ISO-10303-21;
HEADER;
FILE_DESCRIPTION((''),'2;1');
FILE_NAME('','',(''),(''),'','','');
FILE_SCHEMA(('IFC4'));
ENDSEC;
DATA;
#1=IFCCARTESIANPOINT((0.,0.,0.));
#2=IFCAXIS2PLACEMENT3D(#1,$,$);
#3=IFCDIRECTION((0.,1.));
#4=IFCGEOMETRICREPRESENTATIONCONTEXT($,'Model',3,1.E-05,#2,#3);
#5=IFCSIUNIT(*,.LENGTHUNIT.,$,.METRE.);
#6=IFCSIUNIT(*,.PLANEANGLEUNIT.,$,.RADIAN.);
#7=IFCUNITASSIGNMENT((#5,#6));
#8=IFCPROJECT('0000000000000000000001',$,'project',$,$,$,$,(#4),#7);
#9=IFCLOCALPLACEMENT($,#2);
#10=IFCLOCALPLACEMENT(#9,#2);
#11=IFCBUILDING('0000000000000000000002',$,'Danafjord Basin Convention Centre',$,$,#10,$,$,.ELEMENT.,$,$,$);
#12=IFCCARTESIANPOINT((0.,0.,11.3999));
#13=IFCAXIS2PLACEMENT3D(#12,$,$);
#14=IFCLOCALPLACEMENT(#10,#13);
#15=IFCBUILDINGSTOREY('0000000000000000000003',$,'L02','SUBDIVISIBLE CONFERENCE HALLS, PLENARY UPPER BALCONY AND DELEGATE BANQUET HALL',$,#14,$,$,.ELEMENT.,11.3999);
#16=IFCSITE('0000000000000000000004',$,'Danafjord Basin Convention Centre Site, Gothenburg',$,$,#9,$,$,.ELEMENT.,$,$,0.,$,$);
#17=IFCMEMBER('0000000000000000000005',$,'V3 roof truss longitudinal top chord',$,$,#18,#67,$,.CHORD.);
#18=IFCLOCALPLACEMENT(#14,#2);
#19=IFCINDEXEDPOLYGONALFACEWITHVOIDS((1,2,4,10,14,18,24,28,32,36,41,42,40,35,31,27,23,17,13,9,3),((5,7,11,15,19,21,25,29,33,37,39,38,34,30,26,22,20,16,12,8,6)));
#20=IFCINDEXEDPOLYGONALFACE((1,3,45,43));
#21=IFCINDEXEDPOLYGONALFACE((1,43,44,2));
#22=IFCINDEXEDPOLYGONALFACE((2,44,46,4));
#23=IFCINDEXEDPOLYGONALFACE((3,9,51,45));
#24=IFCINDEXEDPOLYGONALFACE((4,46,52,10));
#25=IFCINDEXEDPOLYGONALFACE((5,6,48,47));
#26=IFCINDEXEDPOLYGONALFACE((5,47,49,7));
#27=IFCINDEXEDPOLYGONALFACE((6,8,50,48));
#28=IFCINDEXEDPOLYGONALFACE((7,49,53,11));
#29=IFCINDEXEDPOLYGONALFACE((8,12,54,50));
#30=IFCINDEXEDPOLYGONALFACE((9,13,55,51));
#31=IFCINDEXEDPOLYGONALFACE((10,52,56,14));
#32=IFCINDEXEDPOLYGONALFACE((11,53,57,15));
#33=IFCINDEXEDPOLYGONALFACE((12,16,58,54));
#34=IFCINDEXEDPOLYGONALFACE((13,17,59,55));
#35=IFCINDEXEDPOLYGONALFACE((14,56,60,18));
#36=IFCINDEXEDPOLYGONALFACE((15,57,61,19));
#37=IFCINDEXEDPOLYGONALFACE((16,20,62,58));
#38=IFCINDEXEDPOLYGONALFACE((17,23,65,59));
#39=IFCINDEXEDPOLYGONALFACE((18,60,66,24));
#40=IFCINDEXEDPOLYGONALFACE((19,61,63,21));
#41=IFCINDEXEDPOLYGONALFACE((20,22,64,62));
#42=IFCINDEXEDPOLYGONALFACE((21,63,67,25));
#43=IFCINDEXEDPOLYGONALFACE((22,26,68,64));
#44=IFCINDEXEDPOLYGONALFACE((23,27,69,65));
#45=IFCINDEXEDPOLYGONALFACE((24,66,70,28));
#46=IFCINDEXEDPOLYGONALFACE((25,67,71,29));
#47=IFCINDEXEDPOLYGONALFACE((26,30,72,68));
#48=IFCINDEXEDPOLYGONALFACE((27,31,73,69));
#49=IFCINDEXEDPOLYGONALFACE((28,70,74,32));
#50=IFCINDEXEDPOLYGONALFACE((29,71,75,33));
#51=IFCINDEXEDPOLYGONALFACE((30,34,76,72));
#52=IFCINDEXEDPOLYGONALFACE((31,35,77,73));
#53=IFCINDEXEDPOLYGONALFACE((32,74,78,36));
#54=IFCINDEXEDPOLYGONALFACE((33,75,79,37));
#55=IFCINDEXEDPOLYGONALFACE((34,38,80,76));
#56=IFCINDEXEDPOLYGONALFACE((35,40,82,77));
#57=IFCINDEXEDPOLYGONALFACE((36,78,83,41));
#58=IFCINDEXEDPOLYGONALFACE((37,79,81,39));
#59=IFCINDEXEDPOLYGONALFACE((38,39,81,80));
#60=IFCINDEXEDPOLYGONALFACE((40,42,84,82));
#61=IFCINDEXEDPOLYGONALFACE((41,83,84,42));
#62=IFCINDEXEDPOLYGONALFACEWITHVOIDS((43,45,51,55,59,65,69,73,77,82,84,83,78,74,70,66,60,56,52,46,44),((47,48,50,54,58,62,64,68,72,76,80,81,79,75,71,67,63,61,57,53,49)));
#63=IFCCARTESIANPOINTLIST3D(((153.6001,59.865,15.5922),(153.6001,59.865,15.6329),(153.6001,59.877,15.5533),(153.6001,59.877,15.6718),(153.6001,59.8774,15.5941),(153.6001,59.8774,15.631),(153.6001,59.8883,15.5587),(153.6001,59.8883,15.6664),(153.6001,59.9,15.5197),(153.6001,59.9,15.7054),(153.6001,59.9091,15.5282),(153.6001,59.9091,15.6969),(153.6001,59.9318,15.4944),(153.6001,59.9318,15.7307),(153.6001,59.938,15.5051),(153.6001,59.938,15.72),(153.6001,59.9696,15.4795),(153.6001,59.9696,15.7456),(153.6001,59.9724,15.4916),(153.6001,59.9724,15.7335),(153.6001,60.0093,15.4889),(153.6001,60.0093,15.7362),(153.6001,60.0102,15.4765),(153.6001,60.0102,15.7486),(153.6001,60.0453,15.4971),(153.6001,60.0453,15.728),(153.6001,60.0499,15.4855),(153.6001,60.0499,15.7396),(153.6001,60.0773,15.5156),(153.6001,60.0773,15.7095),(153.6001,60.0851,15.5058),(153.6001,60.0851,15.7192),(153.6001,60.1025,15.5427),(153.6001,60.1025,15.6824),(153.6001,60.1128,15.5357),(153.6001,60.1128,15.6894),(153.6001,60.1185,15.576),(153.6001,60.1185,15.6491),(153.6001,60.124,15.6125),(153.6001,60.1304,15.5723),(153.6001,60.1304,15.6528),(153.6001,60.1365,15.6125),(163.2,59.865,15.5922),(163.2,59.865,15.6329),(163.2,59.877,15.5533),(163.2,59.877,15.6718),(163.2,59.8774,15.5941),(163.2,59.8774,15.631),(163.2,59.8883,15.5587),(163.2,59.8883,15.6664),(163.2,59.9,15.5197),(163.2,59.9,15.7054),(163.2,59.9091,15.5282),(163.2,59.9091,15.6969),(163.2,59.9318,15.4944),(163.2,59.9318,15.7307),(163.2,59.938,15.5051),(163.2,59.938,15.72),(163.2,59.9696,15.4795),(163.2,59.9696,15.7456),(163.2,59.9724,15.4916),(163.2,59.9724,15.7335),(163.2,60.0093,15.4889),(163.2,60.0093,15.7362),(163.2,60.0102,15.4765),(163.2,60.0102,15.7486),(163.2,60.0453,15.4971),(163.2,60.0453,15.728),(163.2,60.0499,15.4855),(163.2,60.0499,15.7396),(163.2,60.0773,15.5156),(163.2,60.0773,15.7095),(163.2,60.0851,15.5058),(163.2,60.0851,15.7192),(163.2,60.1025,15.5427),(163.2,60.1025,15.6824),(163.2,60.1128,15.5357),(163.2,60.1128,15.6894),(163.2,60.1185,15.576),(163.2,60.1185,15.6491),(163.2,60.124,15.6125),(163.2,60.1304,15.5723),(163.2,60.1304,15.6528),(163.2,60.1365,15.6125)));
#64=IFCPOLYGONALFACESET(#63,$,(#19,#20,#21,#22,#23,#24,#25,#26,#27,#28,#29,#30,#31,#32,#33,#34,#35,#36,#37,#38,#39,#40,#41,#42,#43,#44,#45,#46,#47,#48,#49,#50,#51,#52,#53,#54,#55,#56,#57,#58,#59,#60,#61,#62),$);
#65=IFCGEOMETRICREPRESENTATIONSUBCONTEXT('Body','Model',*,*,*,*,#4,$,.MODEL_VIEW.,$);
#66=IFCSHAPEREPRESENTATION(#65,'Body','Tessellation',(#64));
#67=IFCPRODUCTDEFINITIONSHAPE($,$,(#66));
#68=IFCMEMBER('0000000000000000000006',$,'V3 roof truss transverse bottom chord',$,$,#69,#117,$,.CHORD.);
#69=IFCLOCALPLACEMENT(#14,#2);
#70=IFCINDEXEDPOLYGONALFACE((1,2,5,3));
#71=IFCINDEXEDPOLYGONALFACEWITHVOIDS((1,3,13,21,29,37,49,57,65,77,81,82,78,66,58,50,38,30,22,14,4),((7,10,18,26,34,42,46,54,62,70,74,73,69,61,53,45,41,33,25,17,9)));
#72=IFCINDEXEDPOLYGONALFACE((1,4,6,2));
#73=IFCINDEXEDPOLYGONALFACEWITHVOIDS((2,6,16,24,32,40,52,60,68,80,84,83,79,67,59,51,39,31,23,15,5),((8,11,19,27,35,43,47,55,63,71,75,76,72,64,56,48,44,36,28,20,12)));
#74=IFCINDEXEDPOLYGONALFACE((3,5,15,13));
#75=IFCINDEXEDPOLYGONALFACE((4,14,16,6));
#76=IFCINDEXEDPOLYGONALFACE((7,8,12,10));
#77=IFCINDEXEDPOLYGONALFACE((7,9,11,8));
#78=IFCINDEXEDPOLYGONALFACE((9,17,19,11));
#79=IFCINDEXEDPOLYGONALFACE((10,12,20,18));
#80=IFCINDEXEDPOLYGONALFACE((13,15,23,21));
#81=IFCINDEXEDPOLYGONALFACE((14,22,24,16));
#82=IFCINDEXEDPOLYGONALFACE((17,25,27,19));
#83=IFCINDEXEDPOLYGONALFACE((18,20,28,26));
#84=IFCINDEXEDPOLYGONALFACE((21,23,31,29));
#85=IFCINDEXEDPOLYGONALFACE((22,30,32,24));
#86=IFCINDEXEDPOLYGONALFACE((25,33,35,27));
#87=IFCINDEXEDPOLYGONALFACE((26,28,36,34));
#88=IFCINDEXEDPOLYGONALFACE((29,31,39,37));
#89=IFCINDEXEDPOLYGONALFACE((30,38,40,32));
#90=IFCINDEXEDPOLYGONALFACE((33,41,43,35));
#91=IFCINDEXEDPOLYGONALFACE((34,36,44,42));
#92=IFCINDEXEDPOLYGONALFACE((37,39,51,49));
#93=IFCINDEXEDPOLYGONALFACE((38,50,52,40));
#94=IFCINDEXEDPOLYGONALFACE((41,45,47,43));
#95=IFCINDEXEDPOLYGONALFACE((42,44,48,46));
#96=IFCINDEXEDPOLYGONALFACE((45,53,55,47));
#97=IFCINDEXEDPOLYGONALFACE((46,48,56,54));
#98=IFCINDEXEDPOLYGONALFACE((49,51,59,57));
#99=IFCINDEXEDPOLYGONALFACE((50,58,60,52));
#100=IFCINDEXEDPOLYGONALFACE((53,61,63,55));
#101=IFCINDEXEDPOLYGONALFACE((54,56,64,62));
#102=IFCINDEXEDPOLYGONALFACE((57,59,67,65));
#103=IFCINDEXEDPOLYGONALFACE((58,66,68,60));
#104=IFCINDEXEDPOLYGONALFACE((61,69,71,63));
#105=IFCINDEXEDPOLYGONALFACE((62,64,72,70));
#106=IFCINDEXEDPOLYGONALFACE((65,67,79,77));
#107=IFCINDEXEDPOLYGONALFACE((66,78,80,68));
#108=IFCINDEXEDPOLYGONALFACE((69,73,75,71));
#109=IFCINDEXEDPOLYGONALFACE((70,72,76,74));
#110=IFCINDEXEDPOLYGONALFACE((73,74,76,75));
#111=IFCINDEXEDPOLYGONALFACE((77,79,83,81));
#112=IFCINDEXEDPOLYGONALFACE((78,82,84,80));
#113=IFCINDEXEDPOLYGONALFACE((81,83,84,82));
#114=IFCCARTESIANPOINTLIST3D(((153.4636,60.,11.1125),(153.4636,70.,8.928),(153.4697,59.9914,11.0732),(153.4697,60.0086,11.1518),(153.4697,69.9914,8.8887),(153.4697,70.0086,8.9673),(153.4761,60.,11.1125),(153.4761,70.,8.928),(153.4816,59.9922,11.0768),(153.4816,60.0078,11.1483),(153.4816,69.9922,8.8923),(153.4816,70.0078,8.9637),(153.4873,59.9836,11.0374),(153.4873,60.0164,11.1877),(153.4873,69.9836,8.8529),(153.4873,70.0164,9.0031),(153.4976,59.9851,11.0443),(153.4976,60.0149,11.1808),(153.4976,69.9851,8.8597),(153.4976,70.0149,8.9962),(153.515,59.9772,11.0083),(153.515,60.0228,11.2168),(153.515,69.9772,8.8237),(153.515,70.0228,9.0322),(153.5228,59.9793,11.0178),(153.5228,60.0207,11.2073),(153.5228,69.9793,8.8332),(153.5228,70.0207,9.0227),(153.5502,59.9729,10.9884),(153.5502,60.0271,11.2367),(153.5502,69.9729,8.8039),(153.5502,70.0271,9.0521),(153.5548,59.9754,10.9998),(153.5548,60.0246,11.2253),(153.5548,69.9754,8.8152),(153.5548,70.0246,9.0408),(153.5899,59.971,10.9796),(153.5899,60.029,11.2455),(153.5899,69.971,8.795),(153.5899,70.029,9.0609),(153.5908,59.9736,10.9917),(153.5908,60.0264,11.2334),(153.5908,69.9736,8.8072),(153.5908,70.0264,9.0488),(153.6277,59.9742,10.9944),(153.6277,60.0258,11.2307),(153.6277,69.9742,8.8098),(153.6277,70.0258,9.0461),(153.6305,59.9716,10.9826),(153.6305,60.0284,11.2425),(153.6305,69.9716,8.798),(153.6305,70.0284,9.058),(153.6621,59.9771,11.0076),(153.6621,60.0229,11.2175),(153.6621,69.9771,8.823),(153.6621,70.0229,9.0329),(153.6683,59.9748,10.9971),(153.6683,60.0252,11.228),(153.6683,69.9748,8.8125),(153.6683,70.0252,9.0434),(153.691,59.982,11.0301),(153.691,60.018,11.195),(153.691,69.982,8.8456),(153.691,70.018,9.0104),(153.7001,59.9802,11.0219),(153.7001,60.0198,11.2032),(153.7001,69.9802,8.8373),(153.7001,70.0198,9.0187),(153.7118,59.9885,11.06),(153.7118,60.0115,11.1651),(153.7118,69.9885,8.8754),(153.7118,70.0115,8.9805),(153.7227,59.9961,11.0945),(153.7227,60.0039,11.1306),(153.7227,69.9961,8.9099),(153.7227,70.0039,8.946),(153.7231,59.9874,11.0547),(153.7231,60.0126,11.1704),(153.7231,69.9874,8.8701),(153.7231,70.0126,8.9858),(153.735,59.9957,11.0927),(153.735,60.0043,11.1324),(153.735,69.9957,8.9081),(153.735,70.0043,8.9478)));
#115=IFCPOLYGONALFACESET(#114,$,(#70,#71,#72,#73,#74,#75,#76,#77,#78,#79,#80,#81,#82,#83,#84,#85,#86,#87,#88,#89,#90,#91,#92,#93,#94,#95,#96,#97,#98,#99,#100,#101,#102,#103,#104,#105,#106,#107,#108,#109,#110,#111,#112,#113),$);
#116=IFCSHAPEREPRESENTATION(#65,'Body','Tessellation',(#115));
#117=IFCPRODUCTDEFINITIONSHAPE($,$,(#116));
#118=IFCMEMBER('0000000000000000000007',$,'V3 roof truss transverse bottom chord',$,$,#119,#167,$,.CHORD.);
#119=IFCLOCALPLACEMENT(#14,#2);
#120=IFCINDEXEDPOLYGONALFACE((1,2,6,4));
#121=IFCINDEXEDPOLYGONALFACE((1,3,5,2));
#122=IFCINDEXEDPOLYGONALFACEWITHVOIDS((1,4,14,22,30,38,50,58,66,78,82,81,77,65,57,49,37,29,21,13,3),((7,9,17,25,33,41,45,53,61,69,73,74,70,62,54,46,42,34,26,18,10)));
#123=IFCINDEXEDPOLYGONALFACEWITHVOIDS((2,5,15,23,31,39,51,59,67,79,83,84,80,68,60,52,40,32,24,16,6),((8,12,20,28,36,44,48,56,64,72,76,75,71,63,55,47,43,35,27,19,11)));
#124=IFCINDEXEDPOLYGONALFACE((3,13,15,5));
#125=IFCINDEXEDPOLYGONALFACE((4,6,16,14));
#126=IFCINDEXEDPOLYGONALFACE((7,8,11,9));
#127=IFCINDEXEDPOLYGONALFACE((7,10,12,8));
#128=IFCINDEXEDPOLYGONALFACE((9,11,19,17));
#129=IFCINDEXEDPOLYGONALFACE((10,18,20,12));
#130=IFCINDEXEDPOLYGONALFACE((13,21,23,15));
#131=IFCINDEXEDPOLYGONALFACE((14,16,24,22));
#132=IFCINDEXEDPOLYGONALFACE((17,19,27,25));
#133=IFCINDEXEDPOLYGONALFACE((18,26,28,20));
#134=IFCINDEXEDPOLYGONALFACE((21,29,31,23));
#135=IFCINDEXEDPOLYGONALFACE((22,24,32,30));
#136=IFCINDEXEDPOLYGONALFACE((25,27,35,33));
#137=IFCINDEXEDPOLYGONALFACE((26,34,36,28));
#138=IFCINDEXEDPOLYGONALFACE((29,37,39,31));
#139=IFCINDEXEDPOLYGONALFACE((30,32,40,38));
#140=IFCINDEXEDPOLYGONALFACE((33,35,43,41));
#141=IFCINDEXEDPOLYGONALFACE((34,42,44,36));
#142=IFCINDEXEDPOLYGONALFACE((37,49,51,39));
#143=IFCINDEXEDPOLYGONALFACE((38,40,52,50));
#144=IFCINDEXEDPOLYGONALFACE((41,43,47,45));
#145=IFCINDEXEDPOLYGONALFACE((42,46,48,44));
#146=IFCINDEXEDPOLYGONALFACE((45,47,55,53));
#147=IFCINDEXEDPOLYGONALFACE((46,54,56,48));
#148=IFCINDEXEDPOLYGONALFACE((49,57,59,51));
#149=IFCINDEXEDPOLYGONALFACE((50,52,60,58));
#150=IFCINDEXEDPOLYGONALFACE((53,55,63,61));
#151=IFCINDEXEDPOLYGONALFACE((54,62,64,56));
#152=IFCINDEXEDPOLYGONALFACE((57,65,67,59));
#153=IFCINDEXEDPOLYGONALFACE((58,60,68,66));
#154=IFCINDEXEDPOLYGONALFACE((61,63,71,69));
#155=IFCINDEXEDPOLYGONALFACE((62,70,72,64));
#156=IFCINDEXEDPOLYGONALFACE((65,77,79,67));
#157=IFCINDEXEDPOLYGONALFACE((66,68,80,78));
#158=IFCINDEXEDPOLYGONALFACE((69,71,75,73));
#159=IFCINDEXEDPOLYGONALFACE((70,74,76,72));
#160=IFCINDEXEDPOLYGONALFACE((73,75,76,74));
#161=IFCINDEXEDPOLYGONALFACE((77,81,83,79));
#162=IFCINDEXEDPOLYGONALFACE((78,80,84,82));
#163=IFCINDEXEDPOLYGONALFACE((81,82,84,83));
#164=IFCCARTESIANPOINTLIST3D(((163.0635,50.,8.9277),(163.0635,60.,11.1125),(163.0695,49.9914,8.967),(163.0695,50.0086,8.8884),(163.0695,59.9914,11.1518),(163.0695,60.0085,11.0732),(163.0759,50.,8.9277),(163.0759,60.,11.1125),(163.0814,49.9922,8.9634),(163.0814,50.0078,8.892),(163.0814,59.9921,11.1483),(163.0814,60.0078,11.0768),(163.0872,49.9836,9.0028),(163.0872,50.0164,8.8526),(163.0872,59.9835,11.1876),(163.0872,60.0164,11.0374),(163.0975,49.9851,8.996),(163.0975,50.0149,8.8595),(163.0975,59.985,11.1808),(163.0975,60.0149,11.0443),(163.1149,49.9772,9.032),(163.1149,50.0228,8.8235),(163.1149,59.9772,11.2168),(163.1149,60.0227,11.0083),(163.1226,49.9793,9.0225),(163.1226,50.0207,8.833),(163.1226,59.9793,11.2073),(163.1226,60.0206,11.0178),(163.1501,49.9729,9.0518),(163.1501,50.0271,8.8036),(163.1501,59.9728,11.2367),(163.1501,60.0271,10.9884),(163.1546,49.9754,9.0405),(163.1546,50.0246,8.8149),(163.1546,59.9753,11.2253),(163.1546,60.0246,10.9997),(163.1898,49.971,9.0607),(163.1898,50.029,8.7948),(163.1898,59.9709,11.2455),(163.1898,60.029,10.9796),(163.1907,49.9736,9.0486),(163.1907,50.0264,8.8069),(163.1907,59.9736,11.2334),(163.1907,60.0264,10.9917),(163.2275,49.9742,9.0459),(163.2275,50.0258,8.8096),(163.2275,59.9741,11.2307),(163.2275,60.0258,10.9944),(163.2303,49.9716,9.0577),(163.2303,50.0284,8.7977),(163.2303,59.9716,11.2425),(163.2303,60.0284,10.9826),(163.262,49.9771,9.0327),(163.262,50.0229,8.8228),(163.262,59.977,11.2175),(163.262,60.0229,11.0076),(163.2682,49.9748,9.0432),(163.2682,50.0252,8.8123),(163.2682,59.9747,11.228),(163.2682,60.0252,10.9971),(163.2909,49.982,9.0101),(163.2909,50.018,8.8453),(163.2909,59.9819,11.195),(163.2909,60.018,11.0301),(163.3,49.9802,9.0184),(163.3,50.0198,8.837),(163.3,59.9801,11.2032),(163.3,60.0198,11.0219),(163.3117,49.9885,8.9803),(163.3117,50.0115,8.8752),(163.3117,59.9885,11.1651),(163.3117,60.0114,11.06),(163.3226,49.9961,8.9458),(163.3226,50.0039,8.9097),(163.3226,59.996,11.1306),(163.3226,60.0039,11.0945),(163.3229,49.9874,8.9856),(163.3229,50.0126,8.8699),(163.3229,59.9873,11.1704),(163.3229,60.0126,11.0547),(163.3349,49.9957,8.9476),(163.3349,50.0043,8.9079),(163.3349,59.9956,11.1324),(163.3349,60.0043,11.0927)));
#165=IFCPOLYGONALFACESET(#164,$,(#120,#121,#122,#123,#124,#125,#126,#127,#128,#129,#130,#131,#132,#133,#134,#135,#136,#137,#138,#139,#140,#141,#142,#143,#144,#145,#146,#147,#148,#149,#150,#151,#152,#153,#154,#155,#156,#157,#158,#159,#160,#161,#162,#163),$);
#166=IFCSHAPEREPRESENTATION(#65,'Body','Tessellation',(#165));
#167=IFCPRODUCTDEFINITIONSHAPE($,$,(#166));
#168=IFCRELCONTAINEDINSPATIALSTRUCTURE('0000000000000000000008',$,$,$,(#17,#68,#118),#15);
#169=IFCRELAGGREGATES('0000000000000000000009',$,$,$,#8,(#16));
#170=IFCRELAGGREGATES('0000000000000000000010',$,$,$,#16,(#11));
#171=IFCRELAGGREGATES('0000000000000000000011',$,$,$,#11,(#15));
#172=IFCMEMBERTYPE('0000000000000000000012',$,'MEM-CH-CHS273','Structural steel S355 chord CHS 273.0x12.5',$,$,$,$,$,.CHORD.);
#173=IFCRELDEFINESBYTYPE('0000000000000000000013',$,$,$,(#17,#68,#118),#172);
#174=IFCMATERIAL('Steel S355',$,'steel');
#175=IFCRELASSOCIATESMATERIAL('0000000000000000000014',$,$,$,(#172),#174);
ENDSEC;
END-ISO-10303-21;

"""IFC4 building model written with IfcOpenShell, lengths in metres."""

from ifc_helpers import new_model, si_unit, direction, frame, origin, origin_2d, place, context, subcontext, project, spatial, hollow_circle, extrude, material, material_profile, profile_set, type_object, element, save


model = new_model("IFC4")

# Units and contexts
model_context = context("Model", 3, precision=1e-05, world=origin(), true_north=direction((0.0, 1.0)))
body_context = subcontext(model_context, "Body", "Model", "MODEL_VIEW")
ifc_project = project(units=[si_unit("LENGTHUNIT", "METRE"), si_unit("PLANEANGLEUNIT", "RADIAN")], contexts=[model_context])

# Site, building, storey
site_placement = place(None, origin())
site = spatial("IfcSite", under=ifc_project, at=site_placement, Name="Danafjord Basin Convention Centre Site, Gothenburg", CompositionType="ELEMENT", RefElevation=0.0)
building_placement = place(site_placement, origin())
building = spatial("IfcBuilding", under=site, at=building_placement, Name="Danafjord Basin Convention Centre", CompositionType="ELEMENT")
storey_placement = place(building_placement, frame((0.0, 0.0, 11.3999)))
storey = spatial("IfcBuildingStorey", under=building, at=storey_placement, Name="L02", Description="SUBDIVISIBLE CONFERENCE HALLS, PLENARY UPPER BALCONY AND DELEGATE BANQUET HALL", CompositionType="ELEMENT", Elevation=11.3999)

# Members
ifc_material = material(Name="Steel S355", Category="steel")
ifc_material_profile_1 = material_profile(ifc_material, hollow_circle(Radius=0.1365, WallThickness=0.0125, at=origin_2d()), Name="CHS 273.0x12.5")
ifc_profile_set_1 = profile_set([ifc_material_profile_1], Name="Steel S355")
member_type_1 = type_object("IfcMemberType", Name="MEM-CH-CHS273", Description="Structural steel S355 chord CHS 273.0x12.5", PredefinedType="CHORD", material=ifc_profile_set_1)
member_1_placement = place(storey_placement, frame((153.6001, 60.0, 15.6125), z_axis=(1.0, 0.0, 0.0), x_axis=(0.0, 1.0, 0.0)))
element("IfcMember", 1, at=member_1_placement, inside=storey, type_object=member_type_1, Name="V3 roof truss longitudinal top chord", PredefinedType="CHORD", context=body_context, shape_type="SweptSolid", body=[
    extrude(hollow_circle(Radius=0.1365, WallThickness=0.0125, at=origin_2d()), origin(), (0.0, 0.0, 1.0), 9.5999),
])
for number, where, z_axis, x_axis, name in (
    (2, (153.6001, 60.0, 11.1125), (0.0, 0.97696, -0.213424), (-1.0, 0.0, 0.0), "V3 roof truss transverse bottom chord"),
    (3, (163.2, 50.0, 8.9277), (0.0, 0.976955, 0.213446), (-1.0, 0.0, 0.0), "V3 roof truss transverse bottom chord"),
):
    element("IfcMember", number, at=place(storey_placement, frame(where, z_axis=z_axis, x_axis=x_axis)), inside=storey, type_object=member_type_1, Name=name, PredefinedType="CHORD", context=body_context, shape_type="SweptSolid", body=[
        extrude(hollow_circle(Radius=0.1365, WallThickness=0.0125, at=origin_2d()), origin(), (0.0, 0.0, 1.0), 10.2358),
    ])

save(model, "model.ifc")
